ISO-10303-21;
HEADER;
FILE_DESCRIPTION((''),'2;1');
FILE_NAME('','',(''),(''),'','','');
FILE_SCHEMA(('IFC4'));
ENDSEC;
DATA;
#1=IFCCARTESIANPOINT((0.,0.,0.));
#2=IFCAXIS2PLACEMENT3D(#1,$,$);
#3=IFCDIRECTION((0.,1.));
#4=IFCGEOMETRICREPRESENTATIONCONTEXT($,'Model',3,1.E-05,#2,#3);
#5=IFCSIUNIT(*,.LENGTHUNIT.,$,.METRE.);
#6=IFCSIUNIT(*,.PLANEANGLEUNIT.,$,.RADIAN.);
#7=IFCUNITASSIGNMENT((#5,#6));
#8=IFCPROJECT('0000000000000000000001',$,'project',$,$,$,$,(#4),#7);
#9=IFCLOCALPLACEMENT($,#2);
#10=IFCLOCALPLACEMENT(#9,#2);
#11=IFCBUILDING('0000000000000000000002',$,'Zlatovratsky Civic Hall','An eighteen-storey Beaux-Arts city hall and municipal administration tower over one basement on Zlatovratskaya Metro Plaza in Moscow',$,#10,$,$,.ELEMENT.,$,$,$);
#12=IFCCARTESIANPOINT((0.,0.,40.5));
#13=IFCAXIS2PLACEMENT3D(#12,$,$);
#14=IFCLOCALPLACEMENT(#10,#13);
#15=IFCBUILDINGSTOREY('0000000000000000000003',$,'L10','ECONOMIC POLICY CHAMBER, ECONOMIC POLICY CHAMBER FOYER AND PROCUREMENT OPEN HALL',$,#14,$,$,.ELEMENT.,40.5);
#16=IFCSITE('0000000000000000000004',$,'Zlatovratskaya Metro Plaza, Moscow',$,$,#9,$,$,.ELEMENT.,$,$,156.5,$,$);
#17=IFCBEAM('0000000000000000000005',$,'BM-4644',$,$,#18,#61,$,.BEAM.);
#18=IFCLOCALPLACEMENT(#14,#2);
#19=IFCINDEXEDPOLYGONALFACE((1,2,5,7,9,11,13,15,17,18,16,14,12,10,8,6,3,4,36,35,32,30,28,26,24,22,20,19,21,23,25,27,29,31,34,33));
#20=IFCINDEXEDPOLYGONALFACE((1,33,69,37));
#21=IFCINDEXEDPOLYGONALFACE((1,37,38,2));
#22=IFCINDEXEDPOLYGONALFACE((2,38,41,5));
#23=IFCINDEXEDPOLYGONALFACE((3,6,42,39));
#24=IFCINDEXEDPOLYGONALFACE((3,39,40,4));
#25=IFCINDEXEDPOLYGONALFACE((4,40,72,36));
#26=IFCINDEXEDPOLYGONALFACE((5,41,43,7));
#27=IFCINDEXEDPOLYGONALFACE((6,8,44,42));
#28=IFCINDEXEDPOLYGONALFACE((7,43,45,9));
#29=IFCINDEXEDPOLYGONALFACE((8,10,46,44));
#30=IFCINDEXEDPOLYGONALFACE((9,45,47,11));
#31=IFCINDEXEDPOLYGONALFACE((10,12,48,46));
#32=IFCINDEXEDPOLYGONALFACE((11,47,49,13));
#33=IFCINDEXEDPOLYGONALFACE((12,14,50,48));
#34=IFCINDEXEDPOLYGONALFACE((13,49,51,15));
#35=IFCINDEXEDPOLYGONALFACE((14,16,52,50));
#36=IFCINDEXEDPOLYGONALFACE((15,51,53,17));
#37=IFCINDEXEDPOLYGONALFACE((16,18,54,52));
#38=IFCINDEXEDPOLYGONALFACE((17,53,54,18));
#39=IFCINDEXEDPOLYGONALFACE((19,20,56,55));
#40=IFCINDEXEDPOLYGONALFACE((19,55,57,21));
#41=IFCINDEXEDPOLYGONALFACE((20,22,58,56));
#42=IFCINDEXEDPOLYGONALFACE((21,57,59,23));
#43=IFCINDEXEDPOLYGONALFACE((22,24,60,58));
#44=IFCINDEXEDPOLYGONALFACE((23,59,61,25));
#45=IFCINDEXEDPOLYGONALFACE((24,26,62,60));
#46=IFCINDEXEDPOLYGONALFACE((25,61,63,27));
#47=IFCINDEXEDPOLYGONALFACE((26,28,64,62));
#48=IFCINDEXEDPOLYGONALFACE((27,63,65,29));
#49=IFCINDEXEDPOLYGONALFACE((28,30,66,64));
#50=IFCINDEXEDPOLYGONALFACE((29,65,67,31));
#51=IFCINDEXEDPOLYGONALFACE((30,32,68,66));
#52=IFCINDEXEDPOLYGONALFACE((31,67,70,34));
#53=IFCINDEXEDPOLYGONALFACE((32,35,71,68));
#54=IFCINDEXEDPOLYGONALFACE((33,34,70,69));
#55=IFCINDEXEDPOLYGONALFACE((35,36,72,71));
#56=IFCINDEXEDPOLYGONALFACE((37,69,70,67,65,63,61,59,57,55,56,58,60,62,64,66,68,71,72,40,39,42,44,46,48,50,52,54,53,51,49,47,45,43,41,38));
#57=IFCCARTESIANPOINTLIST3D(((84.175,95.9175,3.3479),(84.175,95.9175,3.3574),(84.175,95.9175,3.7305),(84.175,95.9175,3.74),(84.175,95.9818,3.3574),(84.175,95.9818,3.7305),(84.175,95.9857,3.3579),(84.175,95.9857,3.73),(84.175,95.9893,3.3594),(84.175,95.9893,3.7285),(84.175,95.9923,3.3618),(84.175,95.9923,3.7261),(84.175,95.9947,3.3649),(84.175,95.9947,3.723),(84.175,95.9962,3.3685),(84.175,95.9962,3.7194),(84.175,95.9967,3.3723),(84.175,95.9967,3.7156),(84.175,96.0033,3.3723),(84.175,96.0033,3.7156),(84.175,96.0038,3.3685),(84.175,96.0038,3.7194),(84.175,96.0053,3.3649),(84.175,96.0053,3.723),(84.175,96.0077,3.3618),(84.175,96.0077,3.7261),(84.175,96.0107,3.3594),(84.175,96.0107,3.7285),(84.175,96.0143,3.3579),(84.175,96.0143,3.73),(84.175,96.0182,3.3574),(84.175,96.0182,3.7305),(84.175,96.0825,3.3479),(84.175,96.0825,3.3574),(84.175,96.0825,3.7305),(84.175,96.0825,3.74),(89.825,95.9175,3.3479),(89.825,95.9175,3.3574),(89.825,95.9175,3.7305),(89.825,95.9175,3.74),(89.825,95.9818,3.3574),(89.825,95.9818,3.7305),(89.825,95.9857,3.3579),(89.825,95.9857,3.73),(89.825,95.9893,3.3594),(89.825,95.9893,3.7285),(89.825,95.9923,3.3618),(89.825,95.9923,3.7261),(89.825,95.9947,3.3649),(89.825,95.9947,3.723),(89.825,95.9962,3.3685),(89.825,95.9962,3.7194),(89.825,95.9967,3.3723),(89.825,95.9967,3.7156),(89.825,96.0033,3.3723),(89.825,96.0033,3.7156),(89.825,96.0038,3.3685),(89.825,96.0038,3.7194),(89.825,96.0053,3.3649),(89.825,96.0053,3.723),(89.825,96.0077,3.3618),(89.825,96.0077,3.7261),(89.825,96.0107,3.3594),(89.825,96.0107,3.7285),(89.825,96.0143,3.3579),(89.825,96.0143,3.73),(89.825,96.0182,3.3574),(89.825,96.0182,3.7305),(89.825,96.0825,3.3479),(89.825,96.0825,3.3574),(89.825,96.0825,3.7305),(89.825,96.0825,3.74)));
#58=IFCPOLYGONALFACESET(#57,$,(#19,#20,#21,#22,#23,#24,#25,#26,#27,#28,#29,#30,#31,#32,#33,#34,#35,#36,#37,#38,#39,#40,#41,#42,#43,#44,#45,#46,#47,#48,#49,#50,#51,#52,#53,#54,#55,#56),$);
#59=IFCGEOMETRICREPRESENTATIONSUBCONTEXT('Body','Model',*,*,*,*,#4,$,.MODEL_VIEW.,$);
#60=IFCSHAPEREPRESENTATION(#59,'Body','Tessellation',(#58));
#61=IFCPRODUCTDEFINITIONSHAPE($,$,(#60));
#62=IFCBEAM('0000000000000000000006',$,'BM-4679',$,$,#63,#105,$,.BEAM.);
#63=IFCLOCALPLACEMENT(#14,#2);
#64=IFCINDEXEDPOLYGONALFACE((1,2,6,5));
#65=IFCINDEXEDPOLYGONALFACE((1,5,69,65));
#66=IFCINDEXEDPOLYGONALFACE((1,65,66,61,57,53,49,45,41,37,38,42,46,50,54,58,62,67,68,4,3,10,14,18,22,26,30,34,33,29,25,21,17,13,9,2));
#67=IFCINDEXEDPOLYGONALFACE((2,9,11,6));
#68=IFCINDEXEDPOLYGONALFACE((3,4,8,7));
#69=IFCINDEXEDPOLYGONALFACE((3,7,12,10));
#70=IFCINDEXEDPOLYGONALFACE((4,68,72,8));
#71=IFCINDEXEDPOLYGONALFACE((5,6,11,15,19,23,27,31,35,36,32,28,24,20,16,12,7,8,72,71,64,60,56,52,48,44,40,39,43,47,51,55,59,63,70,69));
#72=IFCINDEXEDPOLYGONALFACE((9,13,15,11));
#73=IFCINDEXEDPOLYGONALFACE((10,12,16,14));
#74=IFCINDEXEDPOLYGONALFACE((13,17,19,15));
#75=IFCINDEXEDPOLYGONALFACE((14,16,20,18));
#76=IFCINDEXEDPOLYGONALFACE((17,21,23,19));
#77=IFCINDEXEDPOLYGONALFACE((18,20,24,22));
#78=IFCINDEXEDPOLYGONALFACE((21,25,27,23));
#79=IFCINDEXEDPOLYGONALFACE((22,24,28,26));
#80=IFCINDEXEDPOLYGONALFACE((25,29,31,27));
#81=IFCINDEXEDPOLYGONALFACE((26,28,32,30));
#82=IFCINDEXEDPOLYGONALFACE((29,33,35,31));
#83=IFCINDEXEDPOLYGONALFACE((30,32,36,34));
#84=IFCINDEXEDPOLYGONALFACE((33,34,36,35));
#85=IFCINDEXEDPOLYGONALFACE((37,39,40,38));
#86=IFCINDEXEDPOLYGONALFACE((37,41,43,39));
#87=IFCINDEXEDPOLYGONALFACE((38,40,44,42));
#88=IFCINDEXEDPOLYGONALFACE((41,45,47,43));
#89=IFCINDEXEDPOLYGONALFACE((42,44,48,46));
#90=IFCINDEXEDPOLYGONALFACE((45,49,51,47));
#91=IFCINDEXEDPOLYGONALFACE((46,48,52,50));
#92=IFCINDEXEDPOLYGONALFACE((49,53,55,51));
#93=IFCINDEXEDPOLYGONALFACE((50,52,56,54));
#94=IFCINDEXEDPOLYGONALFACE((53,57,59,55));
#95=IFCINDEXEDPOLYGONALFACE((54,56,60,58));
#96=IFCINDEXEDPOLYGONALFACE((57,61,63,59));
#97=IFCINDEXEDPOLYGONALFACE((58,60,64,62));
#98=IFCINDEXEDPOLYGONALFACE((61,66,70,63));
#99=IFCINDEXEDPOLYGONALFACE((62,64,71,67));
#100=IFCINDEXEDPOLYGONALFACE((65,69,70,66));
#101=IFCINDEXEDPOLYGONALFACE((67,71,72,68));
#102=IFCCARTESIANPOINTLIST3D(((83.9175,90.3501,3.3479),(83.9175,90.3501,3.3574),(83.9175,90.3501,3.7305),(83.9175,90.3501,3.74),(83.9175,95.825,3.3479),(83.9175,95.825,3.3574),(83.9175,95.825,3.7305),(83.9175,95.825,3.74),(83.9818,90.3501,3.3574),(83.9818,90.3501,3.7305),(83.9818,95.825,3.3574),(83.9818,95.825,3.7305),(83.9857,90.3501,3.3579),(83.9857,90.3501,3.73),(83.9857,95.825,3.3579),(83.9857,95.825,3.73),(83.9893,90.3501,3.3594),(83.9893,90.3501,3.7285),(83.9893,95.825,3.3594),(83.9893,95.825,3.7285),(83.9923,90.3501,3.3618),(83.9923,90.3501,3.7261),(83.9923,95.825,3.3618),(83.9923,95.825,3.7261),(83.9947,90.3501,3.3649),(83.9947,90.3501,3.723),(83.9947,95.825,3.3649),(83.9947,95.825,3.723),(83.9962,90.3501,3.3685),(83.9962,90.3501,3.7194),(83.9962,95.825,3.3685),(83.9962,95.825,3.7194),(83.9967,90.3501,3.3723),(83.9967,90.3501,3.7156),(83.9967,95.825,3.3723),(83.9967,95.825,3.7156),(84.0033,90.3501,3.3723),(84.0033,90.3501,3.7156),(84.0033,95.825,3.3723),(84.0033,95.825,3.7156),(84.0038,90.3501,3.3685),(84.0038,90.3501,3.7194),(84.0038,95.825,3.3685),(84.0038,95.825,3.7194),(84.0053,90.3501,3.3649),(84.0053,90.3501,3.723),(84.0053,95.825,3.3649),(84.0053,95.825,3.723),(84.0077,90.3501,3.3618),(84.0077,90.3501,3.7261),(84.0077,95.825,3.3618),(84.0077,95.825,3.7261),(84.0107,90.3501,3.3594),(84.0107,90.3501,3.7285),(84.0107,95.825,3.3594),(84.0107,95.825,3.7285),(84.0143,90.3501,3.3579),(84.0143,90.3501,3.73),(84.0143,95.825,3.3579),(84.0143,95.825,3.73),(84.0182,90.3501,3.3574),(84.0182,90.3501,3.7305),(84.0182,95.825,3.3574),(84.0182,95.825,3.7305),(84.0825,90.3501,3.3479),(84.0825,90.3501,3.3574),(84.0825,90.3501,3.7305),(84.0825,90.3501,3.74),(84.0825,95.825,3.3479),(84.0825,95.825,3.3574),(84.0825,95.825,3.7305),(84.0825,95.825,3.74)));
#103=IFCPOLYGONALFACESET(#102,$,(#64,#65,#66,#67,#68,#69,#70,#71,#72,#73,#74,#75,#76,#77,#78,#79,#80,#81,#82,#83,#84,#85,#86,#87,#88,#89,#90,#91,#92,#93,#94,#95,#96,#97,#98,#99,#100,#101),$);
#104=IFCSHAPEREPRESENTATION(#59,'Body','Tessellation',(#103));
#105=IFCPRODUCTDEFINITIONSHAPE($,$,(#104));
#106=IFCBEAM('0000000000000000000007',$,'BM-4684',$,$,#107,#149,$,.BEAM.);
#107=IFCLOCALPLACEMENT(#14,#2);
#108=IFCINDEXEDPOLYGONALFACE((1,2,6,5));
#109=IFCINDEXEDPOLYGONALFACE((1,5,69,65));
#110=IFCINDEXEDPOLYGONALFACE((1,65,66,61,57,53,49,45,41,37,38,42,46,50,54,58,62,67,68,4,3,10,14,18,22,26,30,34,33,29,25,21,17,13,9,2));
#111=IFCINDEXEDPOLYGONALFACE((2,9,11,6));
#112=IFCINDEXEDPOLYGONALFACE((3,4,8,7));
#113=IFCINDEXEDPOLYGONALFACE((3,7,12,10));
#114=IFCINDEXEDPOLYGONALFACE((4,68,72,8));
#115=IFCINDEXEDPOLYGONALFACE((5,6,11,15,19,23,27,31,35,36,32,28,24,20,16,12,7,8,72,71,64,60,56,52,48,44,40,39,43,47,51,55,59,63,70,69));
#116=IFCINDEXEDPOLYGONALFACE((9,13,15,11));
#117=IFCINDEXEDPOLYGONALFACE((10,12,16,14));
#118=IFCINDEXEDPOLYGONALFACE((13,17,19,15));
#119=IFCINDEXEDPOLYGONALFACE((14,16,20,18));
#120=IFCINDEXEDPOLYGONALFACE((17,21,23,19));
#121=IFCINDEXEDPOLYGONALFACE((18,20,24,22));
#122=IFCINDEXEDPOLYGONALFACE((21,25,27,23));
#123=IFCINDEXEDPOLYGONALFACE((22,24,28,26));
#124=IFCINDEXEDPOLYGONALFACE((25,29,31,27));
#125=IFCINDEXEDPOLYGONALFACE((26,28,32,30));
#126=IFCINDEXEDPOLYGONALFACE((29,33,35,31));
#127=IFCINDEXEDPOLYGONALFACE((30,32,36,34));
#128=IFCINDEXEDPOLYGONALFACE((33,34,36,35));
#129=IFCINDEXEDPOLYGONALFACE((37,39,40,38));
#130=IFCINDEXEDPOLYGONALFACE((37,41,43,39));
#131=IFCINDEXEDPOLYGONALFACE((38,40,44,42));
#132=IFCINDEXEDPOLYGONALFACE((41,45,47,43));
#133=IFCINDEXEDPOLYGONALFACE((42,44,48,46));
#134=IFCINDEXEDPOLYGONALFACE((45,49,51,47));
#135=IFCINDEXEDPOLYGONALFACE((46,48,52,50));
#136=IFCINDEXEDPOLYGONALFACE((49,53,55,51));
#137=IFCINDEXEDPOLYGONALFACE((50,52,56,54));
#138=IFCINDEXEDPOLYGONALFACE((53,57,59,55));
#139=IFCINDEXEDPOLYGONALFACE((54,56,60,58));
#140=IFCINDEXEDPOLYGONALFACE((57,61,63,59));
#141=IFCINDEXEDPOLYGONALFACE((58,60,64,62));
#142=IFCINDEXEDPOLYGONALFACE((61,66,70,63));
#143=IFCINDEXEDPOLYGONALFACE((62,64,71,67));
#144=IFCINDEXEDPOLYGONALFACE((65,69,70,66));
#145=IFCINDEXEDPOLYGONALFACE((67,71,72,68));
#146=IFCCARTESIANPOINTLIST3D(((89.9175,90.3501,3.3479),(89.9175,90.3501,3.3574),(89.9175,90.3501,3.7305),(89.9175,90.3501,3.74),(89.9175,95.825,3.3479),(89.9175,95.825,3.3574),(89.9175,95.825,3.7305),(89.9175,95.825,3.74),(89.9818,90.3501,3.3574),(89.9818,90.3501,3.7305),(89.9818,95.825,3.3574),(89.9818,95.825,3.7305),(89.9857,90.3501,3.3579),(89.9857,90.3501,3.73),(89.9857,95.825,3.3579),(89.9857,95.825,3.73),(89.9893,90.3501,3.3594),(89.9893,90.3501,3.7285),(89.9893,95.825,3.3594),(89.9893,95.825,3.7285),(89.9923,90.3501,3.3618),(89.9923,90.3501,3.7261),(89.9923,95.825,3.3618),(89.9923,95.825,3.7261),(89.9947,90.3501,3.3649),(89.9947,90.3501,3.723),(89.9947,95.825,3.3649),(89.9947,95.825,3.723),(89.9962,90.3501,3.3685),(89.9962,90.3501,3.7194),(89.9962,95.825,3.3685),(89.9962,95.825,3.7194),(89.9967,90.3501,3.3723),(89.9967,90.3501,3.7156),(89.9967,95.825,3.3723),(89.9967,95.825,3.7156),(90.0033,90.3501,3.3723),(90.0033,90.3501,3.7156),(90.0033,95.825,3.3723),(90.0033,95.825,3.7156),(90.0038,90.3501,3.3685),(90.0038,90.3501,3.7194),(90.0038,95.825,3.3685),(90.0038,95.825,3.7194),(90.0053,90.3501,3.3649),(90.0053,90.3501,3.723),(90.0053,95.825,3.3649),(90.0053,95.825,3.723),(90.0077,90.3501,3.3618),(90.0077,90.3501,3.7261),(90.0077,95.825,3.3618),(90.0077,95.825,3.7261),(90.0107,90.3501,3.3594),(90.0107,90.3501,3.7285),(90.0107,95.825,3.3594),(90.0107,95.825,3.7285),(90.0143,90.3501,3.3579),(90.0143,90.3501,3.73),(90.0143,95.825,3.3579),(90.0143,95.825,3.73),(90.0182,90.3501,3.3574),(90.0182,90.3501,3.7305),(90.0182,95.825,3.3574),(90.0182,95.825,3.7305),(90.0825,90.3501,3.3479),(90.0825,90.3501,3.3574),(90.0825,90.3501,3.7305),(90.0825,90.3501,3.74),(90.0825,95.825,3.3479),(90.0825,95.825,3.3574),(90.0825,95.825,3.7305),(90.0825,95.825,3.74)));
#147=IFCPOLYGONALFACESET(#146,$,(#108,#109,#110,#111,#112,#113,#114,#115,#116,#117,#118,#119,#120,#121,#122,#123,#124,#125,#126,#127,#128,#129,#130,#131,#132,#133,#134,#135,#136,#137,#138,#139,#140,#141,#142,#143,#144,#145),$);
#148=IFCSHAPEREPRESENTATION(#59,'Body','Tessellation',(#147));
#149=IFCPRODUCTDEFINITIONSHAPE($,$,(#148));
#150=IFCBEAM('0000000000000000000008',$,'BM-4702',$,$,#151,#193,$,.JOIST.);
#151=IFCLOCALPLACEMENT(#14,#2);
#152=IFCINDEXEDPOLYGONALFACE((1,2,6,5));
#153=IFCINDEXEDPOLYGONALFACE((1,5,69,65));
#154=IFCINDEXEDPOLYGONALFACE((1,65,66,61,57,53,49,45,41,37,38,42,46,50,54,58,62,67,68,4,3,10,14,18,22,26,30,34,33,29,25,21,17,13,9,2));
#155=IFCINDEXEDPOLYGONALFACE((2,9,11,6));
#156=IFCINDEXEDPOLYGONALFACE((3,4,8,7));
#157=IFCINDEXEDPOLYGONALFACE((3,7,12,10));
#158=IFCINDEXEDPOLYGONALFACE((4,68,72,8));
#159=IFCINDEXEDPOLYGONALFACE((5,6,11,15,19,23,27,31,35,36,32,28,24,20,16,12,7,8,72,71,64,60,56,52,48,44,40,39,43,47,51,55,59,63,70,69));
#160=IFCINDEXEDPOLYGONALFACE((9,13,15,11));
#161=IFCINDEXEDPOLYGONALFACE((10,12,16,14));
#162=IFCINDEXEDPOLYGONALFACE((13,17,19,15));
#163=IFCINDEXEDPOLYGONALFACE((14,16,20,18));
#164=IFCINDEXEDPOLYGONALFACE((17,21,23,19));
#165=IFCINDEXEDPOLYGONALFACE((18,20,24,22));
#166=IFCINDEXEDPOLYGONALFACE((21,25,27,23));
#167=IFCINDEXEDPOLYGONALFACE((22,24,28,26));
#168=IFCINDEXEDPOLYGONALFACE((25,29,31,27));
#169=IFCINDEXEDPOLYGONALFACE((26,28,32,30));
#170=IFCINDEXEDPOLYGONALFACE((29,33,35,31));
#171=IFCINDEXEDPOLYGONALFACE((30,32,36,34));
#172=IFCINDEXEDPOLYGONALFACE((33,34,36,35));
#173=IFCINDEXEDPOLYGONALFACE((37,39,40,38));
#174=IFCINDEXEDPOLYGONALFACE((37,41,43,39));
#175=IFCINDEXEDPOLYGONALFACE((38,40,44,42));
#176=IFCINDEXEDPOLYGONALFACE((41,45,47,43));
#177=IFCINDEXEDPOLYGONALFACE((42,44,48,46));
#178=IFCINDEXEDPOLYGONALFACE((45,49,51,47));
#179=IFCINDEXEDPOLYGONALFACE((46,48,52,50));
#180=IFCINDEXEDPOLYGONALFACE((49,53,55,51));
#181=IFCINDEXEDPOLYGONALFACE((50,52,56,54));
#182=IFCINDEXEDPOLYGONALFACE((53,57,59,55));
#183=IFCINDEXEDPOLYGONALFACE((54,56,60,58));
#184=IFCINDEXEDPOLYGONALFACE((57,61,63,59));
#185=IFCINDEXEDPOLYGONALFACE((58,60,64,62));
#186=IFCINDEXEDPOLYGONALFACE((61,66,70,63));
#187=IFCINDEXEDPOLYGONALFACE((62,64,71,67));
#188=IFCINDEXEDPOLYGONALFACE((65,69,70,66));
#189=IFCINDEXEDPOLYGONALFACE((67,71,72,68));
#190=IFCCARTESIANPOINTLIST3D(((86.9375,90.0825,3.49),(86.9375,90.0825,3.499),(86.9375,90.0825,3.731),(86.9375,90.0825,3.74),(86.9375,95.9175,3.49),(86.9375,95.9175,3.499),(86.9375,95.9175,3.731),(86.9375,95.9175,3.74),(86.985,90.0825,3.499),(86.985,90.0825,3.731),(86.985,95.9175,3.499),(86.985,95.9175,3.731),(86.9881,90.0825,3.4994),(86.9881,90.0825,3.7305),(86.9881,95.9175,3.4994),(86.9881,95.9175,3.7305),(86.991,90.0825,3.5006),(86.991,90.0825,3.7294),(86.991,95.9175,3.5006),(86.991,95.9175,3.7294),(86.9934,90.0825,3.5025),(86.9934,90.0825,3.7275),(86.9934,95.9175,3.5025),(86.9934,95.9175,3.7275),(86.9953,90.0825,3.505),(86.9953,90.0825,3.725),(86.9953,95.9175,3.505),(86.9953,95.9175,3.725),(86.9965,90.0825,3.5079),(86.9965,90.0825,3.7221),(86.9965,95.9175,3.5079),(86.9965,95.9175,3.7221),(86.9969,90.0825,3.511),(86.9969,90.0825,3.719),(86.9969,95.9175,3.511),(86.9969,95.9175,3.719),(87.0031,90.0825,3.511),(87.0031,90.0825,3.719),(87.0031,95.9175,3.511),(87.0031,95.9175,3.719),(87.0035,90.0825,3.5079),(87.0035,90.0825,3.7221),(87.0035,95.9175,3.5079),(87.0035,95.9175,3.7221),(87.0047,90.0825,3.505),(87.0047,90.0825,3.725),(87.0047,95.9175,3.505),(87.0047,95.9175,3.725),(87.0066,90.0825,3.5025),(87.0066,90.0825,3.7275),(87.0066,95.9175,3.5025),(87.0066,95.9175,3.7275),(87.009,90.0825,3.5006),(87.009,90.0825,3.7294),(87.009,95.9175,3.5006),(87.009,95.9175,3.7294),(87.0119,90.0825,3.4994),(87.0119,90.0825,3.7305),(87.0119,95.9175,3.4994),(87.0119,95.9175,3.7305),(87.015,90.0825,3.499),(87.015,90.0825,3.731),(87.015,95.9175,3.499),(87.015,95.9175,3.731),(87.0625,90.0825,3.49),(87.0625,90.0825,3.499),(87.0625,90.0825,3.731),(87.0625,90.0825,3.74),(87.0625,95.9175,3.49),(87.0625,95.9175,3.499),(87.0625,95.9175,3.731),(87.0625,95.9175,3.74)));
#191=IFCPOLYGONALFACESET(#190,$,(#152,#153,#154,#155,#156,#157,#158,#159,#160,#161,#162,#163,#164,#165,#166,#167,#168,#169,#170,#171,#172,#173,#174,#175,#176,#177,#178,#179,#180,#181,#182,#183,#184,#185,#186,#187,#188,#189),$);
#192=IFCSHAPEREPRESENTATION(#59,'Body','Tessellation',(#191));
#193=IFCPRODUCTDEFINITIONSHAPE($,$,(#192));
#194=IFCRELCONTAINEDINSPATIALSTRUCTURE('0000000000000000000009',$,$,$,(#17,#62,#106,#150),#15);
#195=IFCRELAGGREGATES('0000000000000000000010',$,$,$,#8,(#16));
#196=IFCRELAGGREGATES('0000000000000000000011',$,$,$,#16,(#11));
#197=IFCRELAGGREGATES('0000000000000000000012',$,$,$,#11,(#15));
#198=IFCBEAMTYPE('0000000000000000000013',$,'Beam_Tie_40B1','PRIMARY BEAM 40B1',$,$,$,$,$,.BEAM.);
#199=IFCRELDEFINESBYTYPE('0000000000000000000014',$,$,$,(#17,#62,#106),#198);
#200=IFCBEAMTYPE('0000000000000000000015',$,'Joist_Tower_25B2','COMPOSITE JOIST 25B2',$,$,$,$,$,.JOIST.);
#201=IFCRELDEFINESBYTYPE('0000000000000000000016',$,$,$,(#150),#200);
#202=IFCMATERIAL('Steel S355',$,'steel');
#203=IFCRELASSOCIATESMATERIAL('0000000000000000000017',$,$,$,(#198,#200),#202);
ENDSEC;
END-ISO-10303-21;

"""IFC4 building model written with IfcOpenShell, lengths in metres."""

from ifc_helpers import new_model, si_unit, direction, frame, origin, origin_2d, place, context, subcontext, project, spatial, i_section, extrude, material, material_profile, profile_set, type_object, element, save


model = new_model("IFC4")

# Units and contexts
model_context = context("Model", 3, precision=1e-05, world=origin(), true_north=direction((0.0, 1.0)))
body_context = subcontext(model_context, "Body", "Model", "MODEL_VIEW")
ifc_project = project(units=[si_unit("LENGTHUNIT", "METRE"), si_unit("PLANEANGLEUNIT", "RADIAN")], contexts=[model_context])

# Site, building, storey
site_placement = place(None, origin())
site = spatial("IfcSite", under=ifc_project, at=site_placement, Name="Zlatovratskaya Metro Plaza, Moscow", CompositionType="ELEMENT", RefElevation=156.5)
building_placement = place(site_placement, origin())
building = spatial("IfcBuilding", under=site, at=building_placement, Name="Zlatovratsky Civic Hall", Description="An eighteen-storey Beaux-Arts city hall and municipal administration tower over one basement on Zlatovratskaya Metro Plaza in Moscow", CompositionType="ELEMENT")
storey_placement = place(building_placement, frame((0.0, 0.0, 40.5)))
storey = spatial("IfcBuildingStorey", under=building, at=storey_placement, Name="L10", Description="ECONOMIC POLICY CHAMBER, ECONOMIC POLICY CHAMBER FOYER AND PROCUREMENT OPEN HALL", CompositionType="ELEMENT", Elevation=40.5)

# Shared definitions
ifc_material_1 = material(Name="Steel S355", Category="steel")

# Beams
ifc_material_profile_1 = material_profile(ifc_material_1, i_section(OverallWidth=0.165, OverallDepth=0.3921, WebThickness=0.0066, FlangeThickness=0.0095, FilletRadius=0.0149, at=origin_2d()), Name="40B1")
ifc_profile_set_1 = profile_set([ifc_material_profile_1], Name="Steel S355")
beam_type_1 = type_object("IfcBeamType", Name="Beam_Tie_40B1", Description="PRIMARY BEAM 40B1", PredefinedType="BEAM", material=ifc_profile_set_1)
beam_1_placement = place(storey_placement, frame((84.175, 96.0, 3.5439), z_axis=(1.0, 0.0, 0.0), x_axis=(0.0, 1.0, 0.0)))
element("IfcBeam", 1, at=beam_1_placement, inside=storey, type_object=beam_type_1, Name="BM-4644", PredefinedType="BEAM", context=body_context, shape_type="SweptSolid", body=[
    extrude(i_section(OverallWidth=0.165, OverallDepth=0.3921, WebThickness=0.0066, FlangeThickness=0.0095, FilletRadius=0.0149, at=origin_2d()), origin(), (0.0, 0.0, 1.0), 5.6499),
])
for number, where, z_axis, x_axis, name in (
    (2, (84.0, 90.3501, 3.5439), (0.0, 1.0, 0.0), (-1.0, 0.0, 0.0), "BM-4679"),
    (3, (90.0, 90.3501, 3.5439), (0.0, 1.0, 0.0), (-1.0, 0.0, 0.0), "BM-4684"),
):
    element("IfcBeam", number, at=place(storey_placement, frame(where, z_axis=z_axis, x_axis=x_axis)), inside=storey, type_object=beam_type_1, Name=name, PredefinedType="BEAM", context=body_context, shape_type="SweptSolid", body=[
        extrude(i_section(OverallWidth=0.165, OverallDepth=0.3921, WebThickness=0.0066, FlangeThickness=0.0095, FilletRadius=0.0149, at=origin_2d()), origin(), (0.0, 0.0, 1.0), 5.4749),
    ])
ifc_material_profile_2 = material_profile(ifc_material_1, i_section(OverallWidth=0.125, OverallDepth=0.25, WebThickness=0.0061, FlangeThickness=0.009, FilletRadius=0.012, at=origin_2d()), Name="25B2")
ifc_profile_set_2 = profile_set([ifc_material_profile_2], Name="Steel S355")
beam_type_2 = type_object("IfcBeamType", Name="Joist_Tower_25B2", Description="COMPOSITE JOIST 25B2", PredefinedType="JOIST", material=ifc_profile_set_2)
beam_2_placement = place(storey_placement, frame((87.0, 90.0825, 3.615), z_axis=(0.0, 1.0, 0.0), x_axis=(-1.0, 0.0, 0.0)))
element("IfcBeam", 4, at=beam_2_placement, inside=storey, type_object=beam_type_2, Name="BM-4702", PredefinedType="JOIST", context=body_context, shape_type="SweptSolid", body=[
    extrude(i_section(OverallWidth=0.125, OverallDepth=0.25, WebThickness=0.0061, FlangeThickness=0.009, FilletRadius=0.012, at=origin_2d()), origin(), (0.0, 0.0, 1.0), 5.835),
])

save(model, "model.ifc")
